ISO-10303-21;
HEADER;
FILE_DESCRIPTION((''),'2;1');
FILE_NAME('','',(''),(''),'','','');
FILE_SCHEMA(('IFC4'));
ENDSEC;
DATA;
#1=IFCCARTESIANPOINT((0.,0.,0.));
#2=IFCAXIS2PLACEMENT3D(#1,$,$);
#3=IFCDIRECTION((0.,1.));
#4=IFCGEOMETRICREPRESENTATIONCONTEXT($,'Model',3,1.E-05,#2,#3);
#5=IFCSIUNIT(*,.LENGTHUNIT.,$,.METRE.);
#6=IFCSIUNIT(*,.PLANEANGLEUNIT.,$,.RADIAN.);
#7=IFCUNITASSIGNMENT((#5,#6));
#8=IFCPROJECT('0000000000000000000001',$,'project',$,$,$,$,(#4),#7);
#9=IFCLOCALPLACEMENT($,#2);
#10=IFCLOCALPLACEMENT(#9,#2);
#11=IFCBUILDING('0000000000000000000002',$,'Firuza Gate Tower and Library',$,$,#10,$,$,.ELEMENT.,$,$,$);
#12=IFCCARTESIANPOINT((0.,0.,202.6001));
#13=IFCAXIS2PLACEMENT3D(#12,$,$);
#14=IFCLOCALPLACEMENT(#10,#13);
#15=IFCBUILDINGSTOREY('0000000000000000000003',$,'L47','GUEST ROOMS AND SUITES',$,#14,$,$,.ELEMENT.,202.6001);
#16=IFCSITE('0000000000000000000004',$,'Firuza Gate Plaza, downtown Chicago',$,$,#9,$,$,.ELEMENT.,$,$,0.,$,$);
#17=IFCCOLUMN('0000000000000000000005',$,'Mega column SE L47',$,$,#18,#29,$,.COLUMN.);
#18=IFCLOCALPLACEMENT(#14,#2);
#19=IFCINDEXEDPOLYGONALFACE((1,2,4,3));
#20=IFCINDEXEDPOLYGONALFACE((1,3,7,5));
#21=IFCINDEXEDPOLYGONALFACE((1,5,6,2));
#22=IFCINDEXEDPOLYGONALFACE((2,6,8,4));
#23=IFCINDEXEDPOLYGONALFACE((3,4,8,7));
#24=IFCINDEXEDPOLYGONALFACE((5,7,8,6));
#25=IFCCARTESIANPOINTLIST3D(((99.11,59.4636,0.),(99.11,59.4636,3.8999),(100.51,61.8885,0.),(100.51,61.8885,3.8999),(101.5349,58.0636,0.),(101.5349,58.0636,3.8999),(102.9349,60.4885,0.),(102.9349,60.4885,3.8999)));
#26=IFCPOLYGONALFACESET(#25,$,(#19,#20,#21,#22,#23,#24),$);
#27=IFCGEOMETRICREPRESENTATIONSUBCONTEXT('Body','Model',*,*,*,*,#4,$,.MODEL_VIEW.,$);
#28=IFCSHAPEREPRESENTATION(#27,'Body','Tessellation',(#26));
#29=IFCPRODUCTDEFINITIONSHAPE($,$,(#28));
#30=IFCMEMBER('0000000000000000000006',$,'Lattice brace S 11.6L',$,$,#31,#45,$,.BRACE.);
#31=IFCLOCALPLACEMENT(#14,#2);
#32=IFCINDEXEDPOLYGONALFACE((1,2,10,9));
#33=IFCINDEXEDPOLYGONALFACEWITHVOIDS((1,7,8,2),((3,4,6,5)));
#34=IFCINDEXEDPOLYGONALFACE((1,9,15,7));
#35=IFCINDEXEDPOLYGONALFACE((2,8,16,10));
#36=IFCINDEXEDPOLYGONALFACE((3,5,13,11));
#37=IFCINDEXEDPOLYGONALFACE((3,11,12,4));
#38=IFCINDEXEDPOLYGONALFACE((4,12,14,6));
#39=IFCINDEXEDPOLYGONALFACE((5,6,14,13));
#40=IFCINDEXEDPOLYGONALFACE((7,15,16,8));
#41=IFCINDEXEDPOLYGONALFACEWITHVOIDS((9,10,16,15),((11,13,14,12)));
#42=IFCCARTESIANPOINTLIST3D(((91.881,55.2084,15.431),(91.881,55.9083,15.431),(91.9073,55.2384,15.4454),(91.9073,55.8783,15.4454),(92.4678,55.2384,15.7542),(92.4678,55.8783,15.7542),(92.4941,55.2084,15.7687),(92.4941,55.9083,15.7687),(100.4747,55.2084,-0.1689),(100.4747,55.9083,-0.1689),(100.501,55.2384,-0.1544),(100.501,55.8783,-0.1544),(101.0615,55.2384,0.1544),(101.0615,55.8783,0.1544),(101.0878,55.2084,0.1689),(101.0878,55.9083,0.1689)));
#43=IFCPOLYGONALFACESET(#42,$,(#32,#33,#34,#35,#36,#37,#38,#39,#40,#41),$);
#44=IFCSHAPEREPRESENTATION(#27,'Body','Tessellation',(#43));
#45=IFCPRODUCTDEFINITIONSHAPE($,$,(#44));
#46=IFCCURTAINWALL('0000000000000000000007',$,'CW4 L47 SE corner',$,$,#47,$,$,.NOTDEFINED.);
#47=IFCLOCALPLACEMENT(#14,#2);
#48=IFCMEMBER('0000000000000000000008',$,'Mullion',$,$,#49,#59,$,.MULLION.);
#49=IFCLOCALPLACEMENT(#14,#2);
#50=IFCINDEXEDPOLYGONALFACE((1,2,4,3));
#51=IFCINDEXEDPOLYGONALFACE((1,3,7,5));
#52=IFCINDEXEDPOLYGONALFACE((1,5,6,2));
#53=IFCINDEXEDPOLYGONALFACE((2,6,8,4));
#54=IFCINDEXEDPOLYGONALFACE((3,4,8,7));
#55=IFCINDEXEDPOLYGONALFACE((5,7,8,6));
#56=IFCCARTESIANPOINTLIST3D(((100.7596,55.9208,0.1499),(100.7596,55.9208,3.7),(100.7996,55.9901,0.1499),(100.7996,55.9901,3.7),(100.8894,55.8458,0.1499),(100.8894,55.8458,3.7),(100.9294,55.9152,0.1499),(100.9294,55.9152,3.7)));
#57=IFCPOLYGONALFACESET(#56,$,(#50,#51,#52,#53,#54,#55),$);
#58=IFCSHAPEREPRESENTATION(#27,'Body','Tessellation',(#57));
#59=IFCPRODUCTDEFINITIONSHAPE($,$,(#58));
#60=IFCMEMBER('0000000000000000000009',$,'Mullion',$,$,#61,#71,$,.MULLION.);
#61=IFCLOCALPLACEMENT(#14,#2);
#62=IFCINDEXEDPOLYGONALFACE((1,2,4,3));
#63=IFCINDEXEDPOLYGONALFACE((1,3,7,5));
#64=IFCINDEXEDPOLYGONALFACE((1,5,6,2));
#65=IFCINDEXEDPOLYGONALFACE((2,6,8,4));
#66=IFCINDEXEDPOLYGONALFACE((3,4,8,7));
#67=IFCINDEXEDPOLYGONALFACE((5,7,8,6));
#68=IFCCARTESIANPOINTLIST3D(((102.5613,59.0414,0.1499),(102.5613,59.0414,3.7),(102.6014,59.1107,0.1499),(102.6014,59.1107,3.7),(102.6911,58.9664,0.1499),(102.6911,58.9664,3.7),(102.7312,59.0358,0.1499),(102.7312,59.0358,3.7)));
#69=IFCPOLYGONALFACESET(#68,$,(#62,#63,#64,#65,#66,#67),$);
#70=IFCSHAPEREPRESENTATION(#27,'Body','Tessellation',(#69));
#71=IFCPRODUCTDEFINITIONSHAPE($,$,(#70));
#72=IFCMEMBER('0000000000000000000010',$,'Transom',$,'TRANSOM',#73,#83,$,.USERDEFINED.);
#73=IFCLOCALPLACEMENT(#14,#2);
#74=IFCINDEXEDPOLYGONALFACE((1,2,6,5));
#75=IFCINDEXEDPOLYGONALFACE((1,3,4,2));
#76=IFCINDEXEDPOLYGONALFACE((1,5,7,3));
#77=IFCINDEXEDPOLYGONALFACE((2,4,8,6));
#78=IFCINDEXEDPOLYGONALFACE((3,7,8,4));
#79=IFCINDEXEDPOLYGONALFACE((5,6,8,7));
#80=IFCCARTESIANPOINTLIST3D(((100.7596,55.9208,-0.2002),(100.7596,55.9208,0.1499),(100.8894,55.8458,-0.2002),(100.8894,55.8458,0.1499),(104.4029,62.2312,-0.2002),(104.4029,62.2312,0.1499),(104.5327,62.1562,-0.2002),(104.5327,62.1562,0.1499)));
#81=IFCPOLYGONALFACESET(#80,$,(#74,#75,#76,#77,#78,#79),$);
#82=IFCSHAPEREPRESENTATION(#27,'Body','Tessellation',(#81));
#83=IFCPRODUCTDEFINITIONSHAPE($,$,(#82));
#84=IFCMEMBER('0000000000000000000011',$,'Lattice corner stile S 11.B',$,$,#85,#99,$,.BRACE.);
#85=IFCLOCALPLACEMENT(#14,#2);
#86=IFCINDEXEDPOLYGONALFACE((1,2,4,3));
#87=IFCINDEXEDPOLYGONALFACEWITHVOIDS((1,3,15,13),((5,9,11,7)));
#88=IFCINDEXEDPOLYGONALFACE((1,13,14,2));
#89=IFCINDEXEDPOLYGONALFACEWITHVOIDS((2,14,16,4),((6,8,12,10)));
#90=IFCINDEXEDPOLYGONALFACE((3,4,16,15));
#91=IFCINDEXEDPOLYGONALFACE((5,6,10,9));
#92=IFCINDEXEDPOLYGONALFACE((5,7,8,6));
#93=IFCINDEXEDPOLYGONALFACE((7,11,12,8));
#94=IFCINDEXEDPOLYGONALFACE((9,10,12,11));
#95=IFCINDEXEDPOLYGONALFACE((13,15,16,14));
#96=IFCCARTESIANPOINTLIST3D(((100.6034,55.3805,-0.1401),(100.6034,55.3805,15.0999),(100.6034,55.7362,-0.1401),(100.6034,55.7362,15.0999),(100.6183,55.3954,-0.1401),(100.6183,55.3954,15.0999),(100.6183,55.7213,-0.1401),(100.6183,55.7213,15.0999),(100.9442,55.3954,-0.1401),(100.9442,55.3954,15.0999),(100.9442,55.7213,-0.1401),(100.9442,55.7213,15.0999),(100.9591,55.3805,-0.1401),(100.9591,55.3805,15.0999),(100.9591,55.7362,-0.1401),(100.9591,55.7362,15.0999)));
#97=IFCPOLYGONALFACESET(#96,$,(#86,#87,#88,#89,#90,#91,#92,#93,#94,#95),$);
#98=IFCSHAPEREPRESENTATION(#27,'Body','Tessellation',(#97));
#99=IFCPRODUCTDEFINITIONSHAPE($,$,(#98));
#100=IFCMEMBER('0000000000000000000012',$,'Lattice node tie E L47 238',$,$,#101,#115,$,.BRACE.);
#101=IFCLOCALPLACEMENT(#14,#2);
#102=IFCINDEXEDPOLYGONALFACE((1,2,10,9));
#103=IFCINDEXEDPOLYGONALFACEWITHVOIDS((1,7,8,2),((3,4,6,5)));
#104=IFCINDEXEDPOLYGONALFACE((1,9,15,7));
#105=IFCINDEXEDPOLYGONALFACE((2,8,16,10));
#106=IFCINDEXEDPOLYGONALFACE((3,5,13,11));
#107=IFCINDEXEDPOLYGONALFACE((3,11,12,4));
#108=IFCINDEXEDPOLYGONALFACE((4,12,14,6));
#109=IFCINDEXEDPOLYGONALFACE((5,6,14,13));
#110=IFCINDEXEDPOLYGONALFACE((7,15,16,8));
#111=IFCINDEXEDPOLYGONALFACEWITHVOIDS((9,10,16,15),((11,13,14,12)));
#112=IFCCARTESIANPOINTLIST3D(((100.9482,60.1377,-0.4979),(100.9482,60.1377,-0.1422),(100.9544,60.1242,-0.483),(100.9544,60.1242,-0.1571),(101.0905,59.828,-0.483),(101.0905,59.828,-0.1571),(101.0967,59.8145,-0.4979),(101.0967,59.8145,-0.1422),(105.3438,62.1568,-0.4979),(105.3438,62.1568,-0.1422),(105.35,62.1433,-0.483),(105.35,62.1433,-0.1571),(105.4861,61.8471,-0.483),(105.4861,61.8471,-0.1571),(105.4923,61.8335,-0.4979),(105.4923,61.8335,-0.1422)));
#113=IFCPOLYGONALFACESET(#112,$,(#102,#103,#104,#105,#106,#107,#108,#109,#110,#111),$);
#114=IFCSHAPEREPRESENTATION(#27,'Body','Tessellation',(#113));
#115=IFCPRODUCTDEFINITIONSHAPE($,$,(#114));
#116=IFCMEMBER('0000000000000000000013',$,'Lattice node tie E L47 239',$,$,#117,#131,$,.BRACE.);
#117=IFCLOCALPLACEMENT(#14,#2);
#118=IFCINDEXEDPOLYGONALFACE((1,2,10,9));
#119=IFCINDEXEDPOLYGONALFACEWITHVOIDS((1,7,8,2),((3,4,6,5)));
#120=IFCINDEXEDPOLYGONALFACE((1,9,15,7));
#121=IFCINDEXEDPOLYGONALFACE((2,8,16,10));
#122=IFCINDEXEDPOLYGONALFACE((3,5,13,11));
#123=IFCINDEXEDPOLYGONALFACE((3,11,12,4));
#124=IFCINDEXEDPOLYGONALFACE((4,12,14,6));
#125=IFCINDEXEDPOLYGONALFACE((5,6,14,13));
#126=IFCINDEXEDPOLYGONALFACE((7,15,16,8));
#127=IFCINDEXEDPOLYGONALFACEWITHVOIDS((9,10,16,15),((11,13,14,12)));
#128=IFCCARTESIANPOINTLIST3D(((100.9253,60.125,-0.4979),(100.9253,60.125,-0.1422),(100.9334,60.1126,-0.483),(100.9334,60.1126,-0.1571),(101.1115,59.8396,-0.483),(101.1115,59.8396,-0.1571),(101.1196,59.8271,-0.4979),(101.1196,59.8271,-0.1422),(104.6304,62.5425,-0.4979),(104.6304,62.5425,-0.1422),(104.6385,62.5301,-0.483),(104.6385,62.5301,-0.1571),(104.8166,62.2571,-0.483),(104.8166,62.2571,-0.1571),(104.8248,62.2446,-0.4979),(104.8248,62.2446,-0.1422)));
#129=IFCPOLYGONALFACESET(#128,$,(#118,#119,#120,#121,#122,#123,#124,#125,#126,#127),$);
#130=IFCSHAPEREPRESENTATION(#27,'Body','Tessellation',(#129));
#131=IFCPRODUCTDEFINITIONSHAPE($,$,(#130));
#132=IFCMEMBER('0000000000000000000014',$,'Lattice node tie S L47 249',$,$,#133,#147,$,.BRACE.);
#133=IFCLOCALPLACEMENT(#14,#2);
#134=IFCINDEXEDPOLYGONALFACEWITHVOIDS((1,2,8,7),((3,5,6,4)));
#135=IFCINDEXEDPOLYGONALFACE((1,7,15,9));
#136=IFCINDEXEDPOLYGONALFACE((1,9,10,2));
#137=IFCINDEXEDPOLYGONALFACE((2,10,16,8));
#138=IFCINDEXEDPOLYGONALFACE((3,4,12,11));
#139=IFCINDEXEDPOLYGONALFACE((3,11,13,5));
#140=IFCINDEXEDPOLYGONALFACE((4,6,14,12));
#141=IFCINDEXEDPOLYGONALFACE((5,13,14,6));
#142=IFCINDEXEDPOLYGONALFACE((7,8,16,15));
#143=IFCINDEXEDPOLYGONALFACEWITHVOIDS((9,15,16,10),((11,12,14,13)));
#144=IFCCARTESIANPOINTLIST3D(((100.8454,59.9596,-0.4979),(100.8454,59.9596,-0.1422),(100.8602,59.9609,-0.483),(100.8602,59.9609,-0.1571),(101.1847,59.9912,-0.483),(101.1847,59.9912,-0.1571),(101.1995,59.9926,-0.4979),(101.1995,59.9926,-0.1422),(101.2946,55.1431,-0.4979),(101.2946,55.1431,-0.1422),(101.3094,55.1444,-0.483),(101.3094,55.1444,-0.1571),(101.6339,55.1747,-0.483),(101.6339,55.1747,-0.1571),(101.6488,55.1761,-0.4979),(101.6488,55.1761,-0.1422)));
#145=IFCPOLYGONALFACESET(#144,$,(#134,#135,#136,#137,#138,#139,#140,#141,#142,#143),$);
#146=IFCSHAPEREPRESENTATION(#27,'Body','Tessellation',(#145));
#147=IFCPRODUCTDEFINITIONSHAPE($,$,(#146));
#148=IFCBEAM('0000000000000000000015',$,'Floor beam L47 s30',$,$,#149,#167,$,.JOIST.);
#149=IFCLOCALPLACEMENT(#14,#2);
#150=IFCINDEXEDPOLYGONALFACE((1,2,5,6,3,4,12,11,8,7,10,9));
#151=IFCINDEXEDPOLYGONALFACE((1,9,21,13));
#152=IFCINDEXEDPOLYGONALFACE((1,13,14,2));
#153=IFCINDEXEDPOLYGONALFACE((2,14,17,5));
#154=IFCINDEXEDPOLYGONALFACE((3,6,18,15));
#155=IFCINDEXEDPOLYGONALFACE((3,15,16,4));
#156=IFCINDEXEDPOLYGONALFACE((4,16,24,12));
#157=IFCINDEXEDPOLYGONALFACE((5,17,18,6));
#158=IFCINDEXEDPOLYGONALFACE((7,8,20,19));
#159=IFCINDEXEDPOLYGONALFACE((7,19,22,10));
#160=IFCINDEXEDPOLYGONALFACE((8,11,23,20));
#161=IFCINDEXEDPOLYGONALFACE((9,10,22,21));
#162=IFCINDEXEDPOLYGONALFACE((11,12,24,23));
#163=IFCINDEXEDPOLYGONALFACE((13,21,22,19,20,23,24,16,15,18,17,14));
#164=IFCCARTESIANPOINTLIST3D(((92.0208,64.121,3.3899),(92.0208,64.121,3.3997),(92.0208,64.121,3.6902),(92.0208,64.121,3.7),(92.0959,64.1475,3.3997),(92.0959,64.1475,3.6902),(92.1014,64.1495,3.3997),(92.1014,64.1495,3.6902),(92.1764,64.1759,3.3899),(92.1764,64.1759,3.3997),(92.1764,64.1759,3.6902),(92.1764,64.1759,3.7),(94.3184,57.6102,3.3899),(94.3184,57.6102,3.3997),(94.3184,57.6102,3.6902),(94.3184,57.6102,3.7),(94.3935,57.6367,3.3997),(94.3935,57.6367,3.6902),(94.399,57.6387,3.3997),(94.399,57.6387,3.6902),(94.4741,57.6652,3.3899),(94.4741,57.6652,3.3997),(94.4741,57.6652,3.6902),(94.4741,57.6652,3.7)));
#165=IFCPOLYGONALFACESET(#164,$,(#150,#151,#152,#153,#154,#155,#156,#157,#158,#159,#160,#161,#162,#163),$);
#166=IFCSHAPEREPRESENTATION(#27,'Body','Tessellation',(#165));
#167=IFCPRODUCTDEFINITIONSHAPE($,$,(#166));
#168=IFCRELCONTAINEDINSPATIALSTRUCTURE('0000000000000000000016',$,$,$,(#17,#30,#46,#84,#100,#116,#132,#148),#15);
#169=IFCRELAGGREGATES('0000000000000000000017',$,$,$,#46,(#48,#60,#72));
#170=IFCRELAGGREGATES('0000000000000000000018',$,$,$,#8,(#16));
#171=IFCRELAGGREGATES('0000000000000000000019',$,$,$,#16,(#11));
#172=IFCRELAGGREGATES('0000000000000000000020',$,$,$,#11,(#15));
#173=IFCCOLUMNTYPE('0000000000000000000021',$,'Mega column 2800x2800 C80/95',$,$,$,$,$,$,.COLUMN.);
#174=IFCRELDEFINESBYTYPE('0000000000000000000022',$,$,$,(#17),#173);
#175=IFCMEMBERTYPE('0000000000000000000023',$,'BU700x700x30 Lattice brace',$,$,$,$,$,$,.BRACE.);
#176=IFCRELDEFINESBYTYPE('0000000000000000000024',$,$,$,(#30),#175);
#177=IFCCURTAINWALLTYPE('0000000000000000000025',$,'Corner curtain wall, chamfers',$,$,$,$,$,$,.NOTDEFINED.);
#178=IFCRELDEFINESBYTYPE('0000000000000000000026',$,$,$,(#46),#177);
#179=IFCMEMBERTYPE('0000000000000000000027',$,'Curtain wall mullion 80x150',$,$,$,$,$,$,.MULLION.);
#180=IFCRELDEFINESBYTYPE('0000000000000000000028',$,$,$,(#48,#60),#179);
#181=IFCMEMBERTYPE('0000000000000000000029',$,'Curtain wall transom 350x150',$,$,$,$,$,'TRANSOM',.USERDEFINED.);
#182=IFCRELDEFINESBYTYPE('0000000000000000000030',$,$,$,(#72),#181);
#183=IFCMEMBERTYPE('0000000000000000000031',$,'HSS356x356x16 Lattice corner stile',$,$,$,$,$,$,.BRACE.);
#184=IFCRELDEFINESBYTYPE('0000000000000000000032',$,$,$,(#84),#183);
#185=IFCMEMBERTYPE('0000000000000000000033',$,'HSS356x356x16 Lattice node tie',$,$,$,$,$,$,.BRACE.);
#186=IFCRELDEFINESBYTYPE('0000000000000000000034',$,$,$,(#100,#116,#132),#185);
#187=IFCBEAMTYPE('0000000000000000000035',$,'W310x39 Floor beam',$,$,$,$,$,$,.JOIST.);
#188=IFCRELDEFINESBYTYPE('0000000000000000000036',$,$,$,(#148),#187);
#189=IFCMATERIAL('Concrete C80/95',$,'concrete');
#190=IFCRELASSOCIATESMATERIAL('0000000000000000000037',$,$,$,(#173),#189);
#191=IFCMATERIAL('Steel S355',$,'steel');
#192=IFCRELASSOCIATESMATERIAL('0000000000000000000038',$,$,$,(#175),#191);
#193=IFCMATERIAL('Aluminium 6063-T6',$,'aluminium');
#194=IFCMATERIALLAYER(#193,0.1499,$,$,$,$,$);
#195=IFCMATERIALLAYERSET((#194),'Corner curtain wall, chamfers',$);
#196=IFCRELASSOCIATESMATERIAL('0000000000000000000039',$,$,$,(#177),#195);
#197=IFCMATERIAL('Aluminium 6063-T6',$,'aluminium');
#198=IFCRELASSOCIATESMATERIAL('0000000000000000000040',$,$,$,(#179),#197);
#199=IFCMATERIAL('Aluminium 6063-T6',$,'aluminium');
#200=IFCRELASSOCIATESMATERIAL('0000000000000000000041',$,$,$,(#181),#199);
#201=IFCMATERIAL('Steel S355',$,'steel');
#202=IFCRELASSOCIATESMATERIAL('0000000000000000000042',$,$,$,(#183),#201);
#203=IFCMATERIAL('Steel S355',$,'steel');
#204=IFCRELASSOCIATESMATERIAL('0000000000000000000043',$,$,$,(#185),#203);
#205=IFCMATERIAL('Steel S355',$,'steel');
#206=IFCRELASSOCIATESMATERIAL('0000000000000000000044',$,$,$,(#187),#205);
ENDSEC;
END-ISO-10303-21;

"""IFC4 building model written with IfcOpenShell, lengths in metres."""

from ifc_helpers import new_model, si_unit, direction, frame, origin, origin_2d, place, context, subcontext, project, spatial, rectangle, hollow_rectangle, i_section, extrude, material, layer, layer_set, material_profile, profile_set, type_object, element, aggregate, save


model = new_model("IFC4")

# Units and contexts
model_context = context("Model", 3, precision=1e-05, world=origin(), true_north=direction((0.0, 1.0)))
body_context = subcontext(model_context, "Body", "Model", "MODEL_VIEW")
ifc_project = project(units=[si_unit("LENGTHUNIT", "METRE"), si_unit("PLANEANGLEUNIT", "RADIAN")], contexts=[model_context])

# Site, building, storey
site_placement = place(None, origin())
site = spatial("IfcSite", under=ifc_project, at=site_placement, Name="Firuza Gate Plaza, downtown Chicago", CompositionType="ELEMENT", RefElevation=0.0)
building_placement = place(site_placement, origin())
building = spatial("IfcBuilding", under=site, at=building_placement, Name="Firuza Gate Tower and Library", CompositionType="ELEMENT")
storey_placement = place(building_placement, frame((0.0, 0.0, 202.6001)))
storey = spatial("IfcBuildingStorey", under=building, at=storey_placement, Name="L47", Description="GUEST ROOMS AND SUITES", CompositionType="ELEMENT", Elevation=202.6001)

# Column
ifc_material_1 = material(Name="Concrete C80/95", Category="concrete")
ifc_material_profile_1 = material_profile(ifc_material_1, rectangle(XDim=2.8, YDim=2.8, at=origin_2d()))
ifc_profile_set_1 = profile_set([ifc_material_profile_1], Name="Concrete C80/95")
column_type = type_object("IfcColumnType", Name="Mega column 2800x2800 C80/95", PredefinedType="COLUMN", material=ifc_profile_set_1)
column_placement = place(storey_placement, frame((101.0225, 59.9761, 0.0), z_axis=(0.0, 0.0, 1.0), x_axis=(0.5, 0.866025, 0.0)))
element("IfcColumn", 1, at=column_placement, inside=storey, type_object=column_type, Name="Mega column SE L47", PredefinedType="COLUMN", context=body_context, shape_type="SweptSolid", body=[
    extrude(rectangle(XDim=2.8, YDim=2.8, at=origin_2d()), origin(), (0.0, 0.0, 1.0), 3.8999),
])

# Member
ifc_material_2 = material(Name="Steel S355", Category="steel")
ifc_material_profile_2 = material_profile(ifc_material_2, hollow_rectangle(XDim=0.7, YDim=0.7, WallThickness=0.03, at=origin_2d()))
ifc_profile_set_2 = profile_set([ifc_material_profile_2], Name="Steel S355")
member_type_1 = type_object("IfcMemberType", Name="BU700x700x30 Lattice brace", PredefinedType="BRACE", material=ifc_profile_set_2)
member_1_placement = place(storey_placement, frame((100.7812, 55.5583, 0.0), z_axis=(-0.482515, 0.0, 0.875888), x_axis=(0.0, -1.0, 0.0)))
element("IfcMember", 2, at=member_1_placement, inside=storey, type_object=member_type_1, Name="Lattice brace S 11.6L", PredefinedType="BRACE", context=body_context, shape_type="SweptSolid", body=[
    extrude(hollow_rectangle(XDim=0.7, YDim=0.7, WallThickness=0.03, at=origin_2d()), origin(), (0.0, 0.0, 1.0), 17.8103),
])

# Curtain wall, members
ifc_material_3 = material(Name="Aluminium 6063-T6", Category="aluminium")
ifc_layer_1 = layer(ifc_material_3, 0.1499)
ifc_layer_set_1 = layer_set([ifc_layer_1], Name="Corner curtain wall, chamfers")
curtain_wall_type = type_object("IfcCurtainWallType", Name="Corner curtain wall, chamfers", PredefinedType="NOTDEFINED", material=ifc_layer_set_1)
curtain_wall_placement = place(storey_placement, origin())
curtain_wall = element("IfcCurtainWall", 3, at=curtain_wall_placement, inside=storey, type_object=curtain_wall_type, Name="CW4 L47 SE corner", PredefinedType="NOTDEFINED")
ifc_material_4 = material(Name="Aluminium 6063-T6", Category="aluminium")
ifc_material_profile_3 = material_profile(ifc_material_4, rectangle(XDim=0.1499, YDim=0.0801, at=origin_2d()))
ifc_profile_set_3 = profile_set([ifc_material_profile_3], Name="Aluminium 6063-T6")
member_type_2 = type_object("IfcMemberType", Name="Curtain wall mullion 80x150", PredefinedType="MULLION", material=ifc_profile_set_3)
member_2_placement = place(storey_placement, frame((100.8445, 55.918, 0.1499), z_axis=(0.0, 0.0, 1.0), x_axis=(-0.866025, 0.5, 0.0)))
member_2 = element("IfcMember", 4, at=member_2_placement, type_object=member_type_2, Name="Mullion", PredefinedType="MULLION", context=body_context, shape_type="SweptSolid", body=[
    extrude(rectangle(XDim=0.1499, YDim=0.0801, at=origin_2d()), origin(), (0.0, 0.0, 1.0), 3.55),
])
member_3_placement = place(storey_placement, frame((102.6462, 59.0386, 0.1499), z_axis=(0.0, 0.0, 1.0), x_axis=(-0.866025, 0.5, 0.0)))
member_3 = element("IfcMember", 5, at=member_3_placement, type_object=member_type_2, Name="Mullion", PredefinedType="MULLION", context=body_context, shape_type="SweptSolid", body=[
    extrude(rectangle(XDim=0.1499, YDim=0.0801, at=origin_2d()), origin(), (0.0, 0.0, 1.0), 3.55),
])
ifc_material_5 = material(Name="Aluminium 6063-T6", Category="aluminium")
ifc_material_profile_4 = material_profile(ifc_material_5, rectangle(XDim=0.1499, YDim=0.3501, at=origin_2d()))
ifc_profile_set_4 = profile_set([ifc_material_profile_4], Name="Aluminium 6063-T6")
member_type_3 = type_object("IfcMemberType", Name="Curtain wall transom 350x150", ElementType="TRANSOM", PredefinedType="USERDEFINED", material=ifc_profile_set_4)
member_4_placement = place(storey_placement, frame((100.8245, 55.8833, -0.0251), z_axis=(0.500006, 0.866022, 0.0), x_axis=(-0.866022, 0.500006, 0.0)))
member_4 = element("IfcMember", 6, at=member_4_placement, type_object=member_type_3, Name="Transom", ObjectType="TRANSOM", PredefinedType="USERDEFINED", context=body_context, shape_type="SweptSolid", body=[
    extrude(rectangle(XDim=0.1499, YDim=0.3501, at=origin_2d()), origin(), (0.0, 0.0, 1.0), 7.2866),
])

# Members
ifc_material_6 = material(Name="Steel S355", Category="steel")
ifc_material_profile_5 = material_profile(ifc_material_6, hollow_rectangle(XDim=0.3557, YDim=0.3557, WallThickness=0.0149, at=origin_2d()))
ifc_profile_set_5 = profile_set([ifc_material_profile_5], Name="Steel S355")
member_type_4 = type_object("IfcMemberType", Name="HSS356x356x16 Lattice corner stile", PredefinedType="BRACE", material=ifc_profile_set_5)
member_5_placement = place(storey_placement, frame((100.7812, 55.5583, -0.1401), z_axis=(0.0, 0.0, 1.0), x_axis=(1.0, 0.0, 0.0)))
element("IfcMember", 7, at=member_5_placement, inside=storey, type_object=member_type_4, Name="Lattice corner stile S 11.B", PredefinedType="BRACE", context=body_context, shape_type="SweptSolid", body=[
    extrude(hollow_rectangle(XDim=0.3557, YDim=0.3557, WallThickness=0.0149, at=origin_2d()), origin(), (0.0, 0.0, 1.0), 15.24),
])
ifc_material_7 = material(Name="Steel S355", Category="steel")
ifc_material_profile_6 = material_profile(ifc_material_7, hollow_rectangle(XDim=0.3557, YDim=0.3557, WallThickness=0.0149, at=origin_2d()))
ifc_profile_set_6 = profile_set([ifc_material_profile_6], Name="Steel S355")
member_type_5 = type_object("IfcMemberType", Name="HSS356x356x16 Lattice node tie", PredefinedType="BRACE", material=ifc_profile_set_6)
member_6_placement = place(storey_placement, frame((101.0225, 59.9761, -0.3201), z_axis=(0.908717, 0.417412, 0.0), x_axis=(-0.417412, 0.908717, 0.0)))
element("IfcMember", 8, at=member_6_placement, inside=storey, type_object=member_type_5, Name="Lattice node tie E L47 238", PredefinedType="BRACE", context=body_context, shape_type="SweptSolid", body=[
    extrude(hollow_rectangle(XDim=0.3557, YDim=0.3557, WallThickness=0.0149, at=origin_2d()), origin(), (0.0, 0.0, 1.0), 4.8372),
])
member_7_placement = place(storey_placement, frame((101.0225, 59.9761, -0.3201), z_axis=(0.837494, 0.546446, 0.0), x_axis=(-0.546446, 0.837494, 0.0)))
element("IfcMember", 9, at=member_7_placement, inside=storey, type_object=member_type_5, Name="Lattice node tie E L47 239", PredefinedType="BRACE", context=body_context, shape_type="SweptSolid", body=[
    extrude(hollow_rectangle(XDim=0.3557, YDim=0.3557, WallThickness=0.0149, at=origin_2d()), origin(), (0.0, 0.0, 1.0), 4.4241),
])
member_8_placement = place(storey_placement, frame((101.0225, 59.9761, -0.3201), z_axis=(0.092865, -0.995679, 0.0), x_axis=(0.995679, 0.092865, 0.0)))
element("IfcMember", 10, at=member_8_placement, inside=storey, type_object=member_type_5, Name="Lattice node tie S L47 249", PredefinedType="BRACE", context=body_context, shape_type="SweptSolid", body=[
    extrude(hollow_rectangle(XDim=0.3557, YDim=0.3557, WallThickness=0.0149, at=origin_2d()), origin(), (0.0, 0.0, 1.0), 4.8374),
])

# Beam
ifc_material_8 = material(Name="Steel S355", Category="steel")
ifc_material_profile_7 = material_profile(ifc_material_8, i_section(OverallWidth=0.165, OverallDepth=0.3101, WebThickness=0.0059, FlangeThickness=0.0098, at=origin_2d()))
ifc_profile_set_7 = profile_set([ifc_material_profile_7], Name="Steel S355")
beam_type_1 = type_object("IfcBeamType", Name="W310x39 Floor beam", PredefinedType="JOIST", material=ifc_profile_set_7)
beam_1_placement = place(storey_placement, frame((94.3962, 57.6377, 3.5449), z_axis=(-0.332781, 0.943004, 0.0), x_axis=(-0.943004, -0.332781, 0.0)))
element("IfcBeam", 11, at=beam_1_placement, inside=storey, type_object=beam_type_1, Name="Floor beam L47 s30", PredefinedType="JOIST", context=body_context, shape_type="SweptSolid", body=[
    extrude(i_section(OverallWidth=0.165, OverallDepth=0.3101, WebThickness=0.0059, FlangeThickness=0.0098, at=origin_2d()), origin(), (0.0, 0.0, 1.0), 6.9043),
])

aggregate(curtain_wall, [member_2, member_3, member_4])

save(model, "model.ifc")
